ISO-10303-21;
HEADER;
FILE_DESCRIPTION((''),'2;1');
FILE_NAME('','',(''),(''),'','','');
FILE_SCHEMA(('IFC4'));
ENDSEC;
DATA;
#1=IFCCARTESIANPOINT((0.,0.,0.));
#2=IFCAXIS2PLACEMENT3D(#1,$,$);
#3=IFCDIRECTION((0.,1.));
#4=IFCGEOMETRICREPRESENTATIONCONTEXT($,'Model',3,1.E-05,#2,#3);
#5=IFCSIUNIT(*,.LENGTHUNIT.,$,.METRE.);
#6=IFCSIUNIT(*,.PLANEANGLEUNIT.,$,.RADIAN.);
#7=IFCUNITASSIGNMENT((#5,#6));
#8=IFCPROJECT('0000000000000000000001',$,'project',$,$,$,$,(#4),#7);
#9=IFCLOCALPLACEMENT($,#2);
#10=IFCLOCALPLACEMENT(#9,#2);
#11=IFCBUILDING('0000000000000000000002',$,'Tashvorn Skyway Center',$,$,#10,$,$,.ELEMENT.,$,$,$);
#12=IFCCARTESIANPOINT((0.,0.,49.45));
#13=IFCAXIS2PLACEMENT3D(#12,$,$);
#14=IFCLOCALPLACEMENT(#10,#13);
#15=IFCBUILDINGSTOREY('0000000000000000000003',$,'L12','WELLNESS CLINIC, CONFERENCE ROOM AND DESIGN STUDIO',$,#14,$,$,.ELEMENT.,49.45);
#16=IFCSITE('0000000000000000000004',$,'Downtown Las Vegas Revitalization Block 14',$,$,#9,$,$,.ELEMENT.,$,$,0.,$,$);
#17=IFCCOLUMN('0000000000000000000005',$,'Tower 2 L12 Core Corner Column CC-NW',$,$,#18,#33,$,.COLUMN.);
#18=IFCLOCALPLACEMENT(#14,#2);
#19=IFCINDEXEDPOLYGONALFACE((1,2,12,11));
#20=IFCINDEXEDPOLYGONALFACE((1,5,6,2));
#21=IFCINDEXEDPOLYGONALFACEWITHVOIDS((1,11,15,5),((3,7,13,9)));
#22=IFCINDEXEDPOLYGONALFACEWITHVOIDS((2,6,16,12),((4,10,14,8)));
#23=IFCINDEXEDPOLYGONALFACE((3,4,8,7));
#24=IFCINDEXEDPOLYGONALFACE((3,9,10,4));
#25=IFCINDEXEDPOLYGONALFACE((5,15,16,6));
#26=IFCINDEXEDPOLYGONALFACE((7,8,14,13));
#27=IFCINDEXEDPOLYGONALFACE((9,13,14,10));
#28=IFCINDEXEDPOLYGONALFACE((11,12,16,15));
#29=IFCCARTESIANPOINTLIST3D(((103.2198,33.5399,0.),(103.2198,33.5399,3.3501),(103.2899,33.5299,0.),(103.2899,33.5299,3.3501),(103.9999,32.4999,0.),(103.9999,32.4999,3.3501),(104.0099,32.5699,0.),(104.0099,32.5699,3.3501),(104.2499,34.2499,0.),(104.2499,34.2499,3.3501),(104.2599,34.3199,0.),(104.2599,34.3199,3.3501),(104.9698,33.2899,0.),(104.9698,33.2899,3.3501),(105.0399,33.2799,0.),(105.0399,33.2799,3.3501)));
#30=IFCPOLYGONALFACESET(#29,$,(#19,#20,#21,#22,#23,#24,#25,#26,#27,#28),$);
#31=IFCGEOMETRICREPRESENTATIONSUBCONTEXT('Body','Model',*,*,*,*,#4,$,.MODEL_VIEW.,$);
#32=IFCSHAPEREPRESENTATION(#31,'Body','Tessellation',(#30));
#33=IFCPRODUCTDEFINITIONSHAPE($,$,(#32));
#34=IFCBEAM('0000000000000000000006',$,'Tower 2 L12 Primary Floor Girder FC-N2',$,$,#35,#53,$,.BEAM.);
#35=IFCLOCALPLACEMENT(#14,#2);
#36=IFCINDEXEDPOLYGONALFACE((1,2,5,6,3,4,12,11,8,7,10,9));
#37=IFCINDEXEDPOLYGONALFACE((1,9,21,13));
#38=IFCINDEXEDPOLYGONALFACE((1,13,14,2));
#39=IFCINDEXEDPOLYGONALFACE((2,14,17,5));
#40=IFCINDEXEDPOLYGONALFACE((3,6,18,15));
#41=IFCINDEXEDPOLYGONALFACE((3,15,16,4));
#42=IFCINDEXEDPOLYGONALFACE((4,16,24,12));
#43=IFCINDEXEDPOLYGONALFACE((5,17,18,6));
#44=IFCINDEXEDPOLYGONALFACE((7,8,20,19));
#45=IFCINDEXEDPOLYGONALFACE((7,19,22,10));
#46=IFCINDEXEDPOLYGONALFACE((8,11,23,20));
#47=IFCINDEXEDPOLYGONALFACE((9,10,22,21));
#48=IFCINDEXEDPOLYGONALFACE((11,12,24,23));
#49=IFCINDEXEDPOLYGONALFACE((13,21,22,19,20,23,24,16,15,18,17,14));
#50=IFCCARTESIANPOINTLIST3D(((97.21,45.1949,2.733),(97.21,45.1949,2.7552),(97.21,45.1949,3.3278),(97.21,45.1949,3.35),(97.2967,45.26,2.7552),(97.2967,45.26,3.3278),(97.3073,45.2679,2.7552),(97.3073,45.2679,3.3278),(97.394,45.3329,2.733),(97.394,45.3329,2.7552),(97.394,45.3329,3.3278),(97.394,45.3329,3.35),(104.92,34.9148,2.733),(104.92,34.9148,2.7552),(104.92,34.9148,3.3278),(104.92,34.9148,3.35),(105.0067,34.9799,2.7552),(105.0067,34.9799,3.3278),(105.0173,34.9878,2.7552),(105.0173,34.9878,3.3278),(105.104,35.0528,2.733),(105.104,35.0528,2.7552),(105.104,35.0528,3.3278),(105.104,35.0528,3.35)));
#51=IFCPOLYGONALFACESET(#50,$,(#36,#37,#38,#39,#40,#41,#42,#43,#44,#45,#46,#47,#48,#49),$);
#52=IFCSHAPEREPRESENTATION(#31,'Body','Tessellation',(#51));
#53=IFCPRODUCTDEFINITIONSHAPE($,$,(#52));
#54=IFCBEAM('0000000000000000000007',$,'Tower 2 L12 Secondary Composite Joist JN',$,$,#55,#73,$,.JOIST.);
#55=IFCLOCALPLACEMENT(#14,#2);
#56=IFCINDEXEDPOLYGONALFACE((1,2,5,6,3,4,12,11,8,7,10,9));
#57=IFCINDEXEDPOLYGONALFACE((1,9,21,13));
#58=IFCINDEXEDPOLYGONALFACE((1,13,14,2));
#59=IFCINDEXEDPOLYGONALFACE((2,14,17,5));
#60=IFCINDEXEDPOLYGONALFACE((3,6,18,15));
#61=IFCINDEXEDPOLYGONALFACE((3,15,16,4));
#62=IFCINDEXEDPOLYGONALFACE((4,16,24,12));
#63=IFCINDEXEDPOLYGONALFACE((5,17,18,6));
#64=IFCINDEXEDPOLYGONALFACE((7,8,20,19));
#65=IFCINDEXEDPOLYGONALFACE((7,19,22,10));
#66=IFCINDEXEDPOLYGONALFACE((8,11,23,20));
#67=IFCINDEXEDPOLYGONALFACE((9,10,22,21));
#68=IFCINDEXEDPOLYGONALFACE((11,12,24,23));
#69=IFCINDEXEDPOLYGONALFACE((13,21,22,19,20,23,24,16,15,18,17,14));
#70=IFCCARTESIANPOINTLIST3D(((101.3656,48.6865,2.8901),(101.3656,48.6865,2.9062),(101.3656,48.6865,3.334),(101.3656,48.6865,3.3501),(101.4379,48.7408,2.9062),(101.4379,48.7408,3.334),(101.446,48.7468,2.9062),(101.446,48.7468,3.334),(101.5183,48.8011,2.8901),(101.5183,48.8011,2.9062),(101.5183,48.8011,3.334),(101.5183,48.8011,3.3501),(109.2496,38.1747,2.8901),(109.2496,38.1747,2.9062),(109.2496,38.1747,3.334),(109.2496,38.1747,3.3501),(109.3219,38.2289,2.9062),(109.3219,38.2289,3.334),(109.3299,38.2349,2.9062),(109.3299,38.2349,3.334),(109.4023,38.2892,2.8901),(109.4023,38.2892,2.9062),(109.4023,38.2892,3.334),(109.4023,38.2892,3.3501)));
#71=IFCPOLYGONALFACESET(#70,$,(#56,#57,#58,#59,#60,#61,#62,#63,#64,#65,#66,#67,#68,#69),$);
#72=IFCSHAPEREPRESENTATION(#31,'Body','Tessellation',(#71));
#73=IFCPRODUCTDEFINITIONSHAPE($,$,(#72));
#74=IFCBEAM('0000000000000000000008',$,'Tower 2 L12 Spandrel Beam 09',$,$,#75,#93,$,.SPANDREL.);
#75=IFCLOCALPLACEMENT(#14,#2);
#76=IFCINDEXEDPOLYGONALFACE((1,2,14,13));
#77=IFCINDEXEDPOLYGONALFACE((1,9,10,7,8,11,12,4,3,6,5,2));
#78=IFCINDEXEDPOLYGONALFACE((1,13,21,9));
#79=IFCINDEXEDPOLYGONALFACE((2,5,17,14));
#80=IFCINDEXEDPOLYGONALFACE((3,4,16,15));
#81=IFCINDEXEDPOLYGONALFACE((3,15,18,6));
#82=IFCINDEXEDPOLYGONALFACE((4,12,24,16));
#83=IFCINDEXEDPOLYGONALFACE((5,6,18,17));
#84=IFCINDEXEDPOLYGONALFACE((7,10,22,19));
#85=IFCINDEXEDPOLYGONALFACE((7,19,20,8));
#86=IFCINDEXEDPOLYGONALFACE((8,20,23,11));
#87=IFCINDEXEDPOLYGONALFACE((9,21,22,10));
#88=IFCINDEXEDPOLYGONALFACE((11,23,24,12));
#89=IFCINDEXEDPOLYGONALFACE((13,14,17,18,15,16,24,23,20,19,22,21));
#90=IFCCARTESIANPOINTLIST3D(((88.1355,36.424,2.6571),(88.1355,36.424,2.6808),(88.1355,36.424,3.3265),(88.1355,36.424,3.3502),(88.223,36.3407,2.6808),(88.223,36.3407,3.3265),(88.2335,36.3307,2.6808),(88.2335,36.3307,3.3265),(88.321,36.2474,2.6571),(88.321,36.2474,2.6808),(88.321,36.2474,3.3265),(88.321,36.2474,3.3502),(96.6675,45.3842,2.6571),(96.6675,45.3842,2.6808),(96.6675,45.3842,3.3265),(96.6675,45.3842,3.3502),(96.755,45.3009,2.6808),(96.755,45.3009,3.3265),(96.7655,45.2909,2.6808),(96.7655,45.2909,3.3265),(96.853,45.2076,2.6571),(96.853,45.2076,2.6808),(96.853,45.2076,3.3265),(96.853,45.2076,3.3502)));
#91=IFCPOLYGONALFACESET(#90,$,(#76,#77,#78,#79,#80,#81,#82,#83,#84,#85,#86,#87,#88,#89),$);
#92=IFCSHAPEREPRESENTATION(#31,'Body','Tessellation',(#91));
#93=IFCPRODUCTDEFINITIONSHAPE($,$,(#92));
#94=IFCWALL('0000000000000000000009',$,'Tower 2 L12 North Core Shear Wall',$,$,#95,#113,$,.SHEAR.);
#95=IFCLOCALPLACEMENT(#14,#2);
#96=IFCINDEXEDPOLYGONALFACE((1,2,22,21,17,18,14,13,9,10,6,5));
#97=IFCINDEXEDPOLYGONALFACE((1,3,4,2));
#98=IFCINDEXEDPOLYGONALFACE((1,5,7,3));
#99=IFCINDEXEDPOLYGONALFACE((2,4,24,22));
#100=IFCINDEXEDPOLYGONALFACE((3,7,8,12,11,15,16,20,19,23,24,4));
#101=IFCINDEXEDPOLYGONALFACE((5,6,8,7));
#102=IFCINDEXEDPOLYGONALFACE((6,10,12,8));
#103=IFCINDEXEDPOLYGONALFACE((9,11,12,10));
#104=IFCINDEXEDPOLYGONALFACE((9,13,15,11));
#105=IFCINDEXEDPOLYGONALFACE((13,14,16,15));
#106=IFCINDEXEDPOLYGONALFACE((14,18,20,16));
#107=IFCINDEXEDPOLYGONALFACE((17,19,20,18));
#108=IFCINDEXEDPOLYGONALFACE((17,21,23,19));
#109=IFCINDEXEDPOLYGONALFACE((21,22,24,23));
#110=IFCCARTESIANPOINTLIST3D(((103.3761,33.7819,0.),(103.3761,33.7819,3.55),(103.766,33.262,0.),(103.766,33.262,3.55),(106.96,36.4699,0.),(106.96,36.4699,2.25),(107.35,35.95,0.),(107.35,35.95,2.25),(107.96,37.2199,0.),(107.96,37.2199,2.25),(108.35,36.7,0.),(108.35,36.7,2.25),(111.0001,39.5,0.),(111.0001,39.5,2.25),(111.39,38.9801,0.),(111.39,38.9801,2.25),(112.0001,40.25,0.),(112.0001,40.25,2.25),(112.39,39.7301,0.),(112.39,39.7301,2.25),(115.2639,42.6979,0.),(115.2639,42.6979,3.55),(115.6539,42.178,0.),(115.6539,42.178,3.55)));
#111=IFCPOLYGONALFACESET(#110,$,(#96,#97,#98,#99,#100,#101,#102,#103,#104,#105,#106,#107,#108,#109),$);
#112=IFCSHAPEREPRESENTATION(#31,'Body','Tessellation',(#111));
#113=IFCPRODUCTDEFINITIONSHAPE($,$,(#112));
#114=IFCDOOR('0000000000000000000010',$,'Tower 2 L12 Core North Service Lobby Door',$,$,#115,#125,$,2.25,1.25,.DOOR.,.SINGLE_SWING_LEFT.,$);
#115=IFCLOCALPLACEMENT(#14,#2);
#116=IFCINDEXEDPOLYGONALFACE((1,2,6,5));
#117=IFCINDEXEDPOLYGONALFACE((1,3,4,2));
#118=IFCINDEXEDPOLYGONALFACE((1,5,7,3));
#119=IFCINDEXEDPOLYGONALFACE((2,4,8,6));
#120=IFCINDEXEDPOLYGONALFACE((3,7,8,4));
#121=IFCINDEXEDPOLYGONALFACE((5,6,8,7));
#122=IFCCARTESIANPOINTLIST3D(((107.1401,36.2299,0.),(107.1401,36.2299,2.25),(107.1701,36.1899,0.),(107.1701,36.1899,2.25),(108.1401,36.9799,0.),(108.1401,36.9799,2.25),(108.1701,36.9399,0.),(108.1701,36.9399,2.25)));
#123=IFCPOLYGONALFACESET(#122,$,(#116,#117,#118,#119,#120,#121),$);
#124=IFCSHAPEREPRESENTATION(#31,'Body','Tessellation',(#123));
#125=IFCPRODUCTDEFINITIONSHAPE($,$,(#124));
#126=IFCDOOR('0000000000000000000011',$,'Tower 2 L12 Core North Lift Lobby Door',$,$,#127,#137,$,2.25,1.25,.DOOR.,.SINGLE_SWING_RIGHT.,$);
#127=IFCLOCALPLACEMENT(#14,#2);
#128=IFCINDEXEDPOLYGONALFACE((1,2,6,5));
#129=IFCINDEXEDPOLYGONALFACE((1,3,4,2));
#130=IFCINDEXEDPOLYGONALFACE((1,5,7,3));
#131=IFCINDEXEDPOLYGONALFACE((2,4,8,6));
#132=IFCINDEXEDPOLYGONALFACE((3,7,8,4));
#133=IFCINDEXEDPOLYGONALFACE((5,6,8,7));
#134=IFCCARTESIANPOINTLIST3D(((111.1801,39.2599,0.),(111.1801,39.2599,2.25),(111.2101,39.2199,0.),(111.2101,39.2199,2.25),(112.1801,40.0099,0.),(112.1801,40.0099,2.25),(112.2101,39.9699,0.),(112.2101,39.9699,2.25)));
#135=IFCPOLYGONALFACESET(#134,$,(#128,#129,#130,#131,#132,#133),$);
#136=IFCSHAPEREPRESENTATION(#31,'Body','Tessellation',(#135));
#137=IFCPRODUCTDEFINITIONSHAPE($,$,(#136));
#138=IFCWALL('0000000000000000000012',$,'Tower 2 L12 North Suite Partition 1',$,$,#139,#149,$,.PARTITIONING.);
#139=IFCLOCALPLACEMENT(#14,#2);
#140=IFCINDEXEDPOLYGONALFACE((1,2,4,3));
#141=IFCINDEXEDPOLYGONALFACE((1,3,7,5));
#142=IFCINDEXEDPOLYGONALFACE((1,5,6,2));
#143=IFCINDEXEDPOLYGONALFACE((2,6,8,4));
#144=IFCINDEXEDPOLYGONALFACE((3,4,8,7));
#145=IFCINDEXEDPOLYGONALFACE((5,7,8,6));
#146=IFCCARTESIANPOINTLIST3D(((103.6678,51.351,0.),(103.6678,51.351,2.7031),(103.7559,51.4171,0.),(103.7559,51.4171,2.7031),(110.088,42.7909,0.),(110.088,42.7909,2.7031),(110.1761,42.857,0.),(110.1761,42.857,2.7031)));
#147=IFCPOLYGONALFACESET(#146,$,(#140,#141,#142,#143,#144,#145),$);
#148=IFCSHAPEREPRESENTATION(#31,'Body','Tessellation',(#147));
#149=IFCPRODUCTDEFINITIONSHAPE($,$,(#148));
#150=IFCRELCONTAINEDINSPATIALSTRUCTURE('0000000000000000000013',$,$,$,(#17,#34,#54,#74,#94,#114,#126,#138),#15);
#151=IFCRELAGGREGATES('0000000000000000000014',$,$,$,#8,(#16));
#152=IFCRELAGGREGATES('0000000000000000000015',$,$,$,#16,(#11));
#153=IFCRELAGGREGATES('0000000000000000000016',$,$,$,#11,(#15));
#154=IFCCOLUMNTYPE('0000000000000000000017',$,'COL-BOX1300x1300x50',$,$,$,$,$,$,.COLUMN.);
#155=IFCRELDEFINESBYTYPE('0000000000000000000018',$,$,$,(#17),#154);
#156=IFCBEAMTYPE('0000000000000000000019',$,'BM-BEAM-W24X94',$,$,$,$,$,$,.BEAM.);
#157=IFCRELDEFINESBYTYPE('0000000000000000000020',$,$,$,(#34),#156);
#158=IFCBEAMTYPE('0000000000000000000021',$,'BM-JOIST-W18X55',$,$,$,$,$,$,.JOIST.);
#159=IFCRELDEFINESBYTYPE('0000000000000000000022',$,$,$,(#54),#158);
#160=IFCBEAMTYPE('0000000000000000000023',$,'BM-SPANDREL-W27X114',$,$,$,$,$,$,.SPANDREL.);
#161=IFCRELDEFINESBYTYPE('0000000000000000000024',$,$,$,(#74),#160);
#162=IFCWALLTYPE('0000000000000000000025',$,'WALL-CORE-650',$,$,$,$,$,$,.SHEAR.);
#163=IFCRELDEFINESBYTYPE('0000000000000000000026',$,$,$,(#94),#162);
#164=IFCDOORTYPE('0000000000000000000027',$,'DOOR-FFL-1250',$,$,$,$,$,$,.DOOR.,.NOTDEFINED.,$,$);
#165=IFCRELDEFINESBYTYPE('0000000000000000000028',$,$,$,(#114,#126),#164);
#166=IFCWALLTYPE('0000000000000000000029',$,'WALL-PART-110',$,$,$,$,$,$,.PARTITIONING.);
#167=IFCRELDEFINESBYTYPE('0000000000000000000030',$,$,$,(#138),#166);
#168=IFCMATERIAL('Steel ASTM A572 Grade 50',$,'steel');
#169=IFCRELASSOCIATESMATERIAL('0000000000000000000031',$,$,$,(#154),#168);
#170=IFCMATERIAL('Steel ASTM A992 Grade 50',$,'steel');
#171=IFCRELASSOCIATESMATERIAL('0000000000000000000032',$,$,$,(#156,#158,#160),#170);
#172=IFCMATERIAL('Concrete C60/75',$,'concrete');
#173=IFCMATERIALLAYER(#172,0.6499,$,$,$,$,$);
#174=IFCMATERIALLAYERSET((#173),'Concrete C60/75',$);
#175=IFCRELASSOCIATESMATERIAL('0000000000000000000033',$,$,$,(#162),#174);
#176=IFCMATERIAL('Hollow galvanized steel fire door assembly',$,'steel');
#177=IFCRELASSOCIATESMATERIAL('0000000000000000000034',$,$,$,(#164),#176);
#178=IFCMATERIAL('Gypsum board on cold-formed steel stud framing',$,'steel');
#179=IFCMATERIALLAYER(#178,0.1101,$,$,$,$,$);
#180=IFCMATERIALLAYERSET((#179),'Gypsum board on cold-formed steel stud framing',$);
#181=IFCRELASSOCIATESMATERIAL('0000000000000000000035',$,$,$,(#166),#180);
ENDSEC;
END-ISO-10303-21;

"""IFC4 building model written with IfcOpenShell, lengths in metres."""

from ifc_helpers import new_model, si_unit, direction, frame, frame_2d, origin, origin_2d, place, context, subcontext, project, spatial, rectangle, hollow_rectangle, i_section, extrude, material, layer, layer_set, material_profile, profile_set, type_object, element, fill, save


model = new_model("IFC4")

# Units and contexts
model_context = context("Model", 3, precision=1e-05, world=origin(), true_north=direction((0.0, 1.0)))
body_context = subcontext(model_context, "Body", "Model", "MODEL_VIEW")
ifc_project = project(units=[si_unit("LENGTHUNIT", "METRE"), si_unit("PLANEANGLEUNIT", "RADIAN")], contexts=[model_context])

# Site, building, storey
site_placement = place(None, origin())
site = spatial("IfcSite", under=ifc_project, at=site_placement, Name="Downtown Las Vegas Revitalization Block 14", CompositionType="ELEMENT", RefElevation=0.0)
building_placement = place(site_placement, origin())
building = spatial("IfcBuilding", under=site, at=building_placement, Name="Tashvorn Skyway Center", CompositionType="ELEMENT")
storey_placement = place(building_placement, frame((0.0, 0.0, 49.45)))
storey = spatial("IfcBuildingStorey", under=building, at=storey_placement, Name="L12", Description="WELLNESS CLINIC, CONFERENCE ROOM AND DESIGN STUDIO", CompositionType="ELEMENT", Elevation=49.45)

# Column
ifc_material_1 = material(Name="Steel ASTM A572 Grade 50", Category="steel")
ifc_material_profile_1 = material_profile(ifc_material_1, hollow_rectangle(XDim=1.3, YDim=1.3, WallThickness=0.05, at=origin_2d()), Name="BOX1300x1300x50")
ifc_profile_set_1 = profile_set([ifc_material_profile_1], Name="Steel ASTM A572 Grade 50")
column_type = type_object("IfcColumnType", Name="COL-BOX1300x1300x50", PredefinedType="COLUMN", material=ifc_profile_set_1)
column_placement = place(storey_placement, frame((104.1299, 33.4099, 0.0), z_axis=(0.0, 0.0, 1.0), x_axis=(0.8, 0.6, 0.0)))
element("IfcColumn", 1, at=column_placement, inside=storey, type_object=column_type, Name="Tower 2 L12 Core Corner Column CC-NW", PredefinedType="COLUMN", context=body_context, shape_type="SweptSolid", body=[
    extrude(hollow_rectangle(XDim=1.3, YDim=1.3, WallThickness=0.05, at=origin_2d()), origin(), (0.0, 0.0, 1.0), 3.3501),
])

# Beams
ifc_material_2 = material(Name="Steel ASTM A992 Grade 50", Category="steel")
ifc_material_profile_2 = material_profile(ifc_material_2, i_section(OverallWidth=0.23, OverallDepth=0.6169, WebThickness=0.0132, FlangeThickness=0.0222, at=origin_2d()), Name="W24X94")
ifc_profile_set_2 = profile_set([ifc_material_profile_2], Name="Steel ASTM A992 Grade 50")
beam_type_1 = type_object("IfcBeamType", Name="BM-BEAM-W24X94", PredefinedType="BEAM", material=ifc_profile_set_2)
beam_1_placement = place(storey_placement, frame((97.302, 45.2639, 3.0415), z_axis=(0.599997, -0.800002, 0.0), x_axis=(0.800002, 0.599997, 0.0)))
element("IfcBeam", 2, at=beam_1_placement, inside=storey, type_object=beam_type_1, Name="Tower 2 L12 Primary Floor Girder FC-N2", PredefinedType="BEAM", context=body_context, shape_type="SweptSolid", body=[
    extrude(i_section(OverallWidth=0.23, OverallDepth=0.6169, WebThickness=0.0132, FlangeThickness=0.0222, at=origin_2d()), origin(), (0.0, 0.0, 1.0), 12.8501),
])
ifc_material_profile_3 = material_profile(ifc_material_2, i_section(OverallWidth=0.1909, OverallDepth=0.46, WebThickness=0.01, FlangeThickness=0.0161, at=origin_2d()), Name="W18X55")
ifc_profile_set_3 = profile_set([ifc_material_profile_3], Name="Steel ASTM A992 Grade 50")
beam_type_2 = type_object("IfcBeamType", Name="BM-JOIST-W18X55", PredefinedType="JOIST", material=ifc_profile_set_3)
beam_2_placement = place(storey_placement, frame((109.3259, 38.2319, 3.1201), z_axis=(-0.600003, 0.799998, 0.0), x_axis=(-0.799998, -0.600003, 0.0)))
element("IfcBeam", 3, at=beam_2_placement, inside=storey, type_object=beam_type_2, Name="Tower 2 L12 Secondary Composite Joist JN", PredefinedType="JOIST", context=body_context, shape_type="SweptSolid", body=[
    extrude(i_section(OverallWidth=0.1909, OverallDepth=0.46, WebThickness=0.01, FlangeThickness=0.0161, at=origin_2d()), origin(), (0.0, 0.0, 1.0), 13.1399),
])
ifc_material_profile_4 = material_profile(ifc_material_2, i_section(OverallWidth=0.2561, OverallDepth=0.6931, WebThickness=0.0144, FlangeThickness=0.0237, at=origin_2d()), Name="W27X114")
ifc_profile_set_4 = profile_set([ifc_material_profile_4], Name="Steel ASTM A992 Grade 50")
beam_type_3 = type_object("IfcBeamType", Name="BM-SPANDREL-W27X114", PredefinedType="SPANDREL", material=ifc_profile_set_4)
beam_3_placement = place(storey_placement, frame((96.7603, 45.2959, 3.0037), z_axis=(-0.68959, -0.7242, 0.0), x_axis=(0.7242, -0.68959, 0.0)))
element("IfcBeam", 4, at=beam_3_placement, inside=storey, type_object=beam_type_3, Name="Tower 2 L12 Spandrel Beam 09", PredefinedType="SPANDREL", context=body_context, shape_type="SweptSolid", body=[
    extrude(i_section(OverallWidth=0.2561, OverallDepth=0.6931, WebThickness=0.0144, FlangeThickness=0.0237, at=origin_2d()), origin(), (0.0, 0.0, 1.0), 12.3726),
])

# Wall, openings, doors
ifc_material_3 = material(Name="Concrete C60/75", Category="concrete")
ifc_layer_1 = layer(ifc_material_3, 0.6499)
ifc_layer_set_1 = layer_set([ifc_layer_1], Name="Concrete C60/75")
wall_type_1 = type_object("IfcWallType", Name="WALL-CORE-650", PredefinedType="SHEAR", material=ifc_layer_set_1)
wall_1_placement = place(storey_placement, frame((103.571, 33.522, 0.0), z_axis=(0.0, 0.0, 1.0), x_axis=(0.799998, 0.600003, 0.0)))
wall_1 = element("IfcWall", 5, at=wall_1_placement, inside=storey, type_object=wall_type_1, Name="Tower 2 L12 North Core Shear Wall", PredefinedType="SHEAR", context=body_context, shape_type="SweptSolid", body=[
    extrude(rectangle(XDim=14.8599, YDim=0.6499, at=frame_2d((7.4299, 0.0))), origin(), (0.0, 0.0, 1.0), 3.55),
])
opening_1_placement = place(wall_1_placement, frame((4.48, 0.0, 0.0)))
opening_1 = element("IfcOpeningElement", 6, at=opening_1_placement, cuts=wall_1, PredefinedType="OPENING", context=body_context, shape_type="SweptSolid", body=[
    extrude(rectangle(XDim=1.25, YDim=2.25, at=frame_2d((0.625, 1.125))), frame((0.0, 0.335, 0.0), z_axis=(0.0, -1.0, 0.0), x_axis=(1.0, 0.0, 0.0)), (0.0, 0.0, 1.0), 0.6699),
])
opening_2_placement = place(wall_1_placement, frame((9.53, 0.0, 0.0)))
opening_2 = element("IfcOpeningElement", 7, at=opening_2_placement, cuts=wall_1, PredefinedType="OPENING", context=body_context, shape_type="SweptSolid", body=[
    extrude(rectangle(XDim=1.25, YDim=2.25, at=frame_2d((0.625, 1.125))), frame((0.0, 0.335, 0.0), z_axis=(0.0, -1.0, 0.0), x_axis=(1.0, 0.0, 0.0)), (0.0, 0.0, 1.0), 0.6699),
])
ifc_material_4 = material(Name="Hollow galvanized steel fire door assembly", Category="steel")
door_type_1 = type_object("IfcDoorType", Name="DOOR-FFL-1250", OperationType="NOTDEFINED", PredefinedType="DOOR", material=ifc_material_4)
door_1_placement = place(opening_1_placement, origin())
door_1 = element("IfcDoor", 8, at=door_1_placement, inside=storey, type_object=door_type_1, Name="Tower 2 L12 Core North Service Lobby Door", OperationType="SINGLE_SWING_LEFT", OverallHeight=2.25, OverallWidth=1.25, PredefinedType="DOOR", context=body_context, shape_type="SweptSolid", body=[
    extrude(rectangle(XDim=1.25, YDim=2.25, at=frame_2d((0.625, 1.125))), frame((0.0, 0.0249, 0.0), z_axis=(0.0, -1.0, 0.0), x_axis=(1.0, 0.0, 0.0)), (0.0, 0.0, 1.0), 0.05),
])
fill(opening_1, door_1)
door_2_placement = place(opening_2_placement, origin())
door_2 = element("IfcDoor", 9, at=door_2_placement, inside=storey, type_object=door_type_1, Name="Tower 2 L12 Core North Lift Lobby Door", OperationType="SINGLE_SWING_RIGHT", OverallHeight=2.25, OverallWidth=1.25, PredefinedType="DOOR", context=body_context, shape_type="SweptSolid", body=[
    extrude(rectangle(XDim=1.25, YDim=2.25, at=frame_2d((0.625, 1.125))), frame((0.0, 0.0249, 0.0), z_axis=(0.0, -1.0, 0.0), x_axis=(1.0, 0.0, 0.0)), (0.0, 0.0, 1.0), 0.05),
])
fill(opening_2, door_2)

# Wall
ifc_material_5 = material(Name="Gypsum board on cold-formed steel stud framing", Category="steel")
ifc_layer_2 = layer(ifc_material_5, 0.1101)
ifc_layer_set_2 = layer_set([ifc_layer_2], Name="Gypsum board on cold-formed steel stud framing")
wall_type_2 = type_object("IfcWallType", Name="WALL-PART-110", PredefinedType="PARTITIONING", material=ifc_layer_set_2)
wall_2_placement = place(storey_placement, frame((110.1321, 42.824, 0.0), z_axis=(0.0, 0.0, 1.0), x_axis=(-0.600007, 0.799995, 0.0)))
element("IfcWall", 10, at=wall_2_placement, inside=storey, type_object=wall_type_2, Name="Tower 2 L12 North Suite Partition 1", PredefinedType="PARTITIONING", context=body_context, shape_type="SweptSolid", body=[
    extrude(rectangle(XDim=10.7002, YDim=0.1101, at=frame_2d((5.3501, 0.0))), origin(), (0.0, 0.0, 1.0), 2.7031),
])

save(model, "model.ifc")
